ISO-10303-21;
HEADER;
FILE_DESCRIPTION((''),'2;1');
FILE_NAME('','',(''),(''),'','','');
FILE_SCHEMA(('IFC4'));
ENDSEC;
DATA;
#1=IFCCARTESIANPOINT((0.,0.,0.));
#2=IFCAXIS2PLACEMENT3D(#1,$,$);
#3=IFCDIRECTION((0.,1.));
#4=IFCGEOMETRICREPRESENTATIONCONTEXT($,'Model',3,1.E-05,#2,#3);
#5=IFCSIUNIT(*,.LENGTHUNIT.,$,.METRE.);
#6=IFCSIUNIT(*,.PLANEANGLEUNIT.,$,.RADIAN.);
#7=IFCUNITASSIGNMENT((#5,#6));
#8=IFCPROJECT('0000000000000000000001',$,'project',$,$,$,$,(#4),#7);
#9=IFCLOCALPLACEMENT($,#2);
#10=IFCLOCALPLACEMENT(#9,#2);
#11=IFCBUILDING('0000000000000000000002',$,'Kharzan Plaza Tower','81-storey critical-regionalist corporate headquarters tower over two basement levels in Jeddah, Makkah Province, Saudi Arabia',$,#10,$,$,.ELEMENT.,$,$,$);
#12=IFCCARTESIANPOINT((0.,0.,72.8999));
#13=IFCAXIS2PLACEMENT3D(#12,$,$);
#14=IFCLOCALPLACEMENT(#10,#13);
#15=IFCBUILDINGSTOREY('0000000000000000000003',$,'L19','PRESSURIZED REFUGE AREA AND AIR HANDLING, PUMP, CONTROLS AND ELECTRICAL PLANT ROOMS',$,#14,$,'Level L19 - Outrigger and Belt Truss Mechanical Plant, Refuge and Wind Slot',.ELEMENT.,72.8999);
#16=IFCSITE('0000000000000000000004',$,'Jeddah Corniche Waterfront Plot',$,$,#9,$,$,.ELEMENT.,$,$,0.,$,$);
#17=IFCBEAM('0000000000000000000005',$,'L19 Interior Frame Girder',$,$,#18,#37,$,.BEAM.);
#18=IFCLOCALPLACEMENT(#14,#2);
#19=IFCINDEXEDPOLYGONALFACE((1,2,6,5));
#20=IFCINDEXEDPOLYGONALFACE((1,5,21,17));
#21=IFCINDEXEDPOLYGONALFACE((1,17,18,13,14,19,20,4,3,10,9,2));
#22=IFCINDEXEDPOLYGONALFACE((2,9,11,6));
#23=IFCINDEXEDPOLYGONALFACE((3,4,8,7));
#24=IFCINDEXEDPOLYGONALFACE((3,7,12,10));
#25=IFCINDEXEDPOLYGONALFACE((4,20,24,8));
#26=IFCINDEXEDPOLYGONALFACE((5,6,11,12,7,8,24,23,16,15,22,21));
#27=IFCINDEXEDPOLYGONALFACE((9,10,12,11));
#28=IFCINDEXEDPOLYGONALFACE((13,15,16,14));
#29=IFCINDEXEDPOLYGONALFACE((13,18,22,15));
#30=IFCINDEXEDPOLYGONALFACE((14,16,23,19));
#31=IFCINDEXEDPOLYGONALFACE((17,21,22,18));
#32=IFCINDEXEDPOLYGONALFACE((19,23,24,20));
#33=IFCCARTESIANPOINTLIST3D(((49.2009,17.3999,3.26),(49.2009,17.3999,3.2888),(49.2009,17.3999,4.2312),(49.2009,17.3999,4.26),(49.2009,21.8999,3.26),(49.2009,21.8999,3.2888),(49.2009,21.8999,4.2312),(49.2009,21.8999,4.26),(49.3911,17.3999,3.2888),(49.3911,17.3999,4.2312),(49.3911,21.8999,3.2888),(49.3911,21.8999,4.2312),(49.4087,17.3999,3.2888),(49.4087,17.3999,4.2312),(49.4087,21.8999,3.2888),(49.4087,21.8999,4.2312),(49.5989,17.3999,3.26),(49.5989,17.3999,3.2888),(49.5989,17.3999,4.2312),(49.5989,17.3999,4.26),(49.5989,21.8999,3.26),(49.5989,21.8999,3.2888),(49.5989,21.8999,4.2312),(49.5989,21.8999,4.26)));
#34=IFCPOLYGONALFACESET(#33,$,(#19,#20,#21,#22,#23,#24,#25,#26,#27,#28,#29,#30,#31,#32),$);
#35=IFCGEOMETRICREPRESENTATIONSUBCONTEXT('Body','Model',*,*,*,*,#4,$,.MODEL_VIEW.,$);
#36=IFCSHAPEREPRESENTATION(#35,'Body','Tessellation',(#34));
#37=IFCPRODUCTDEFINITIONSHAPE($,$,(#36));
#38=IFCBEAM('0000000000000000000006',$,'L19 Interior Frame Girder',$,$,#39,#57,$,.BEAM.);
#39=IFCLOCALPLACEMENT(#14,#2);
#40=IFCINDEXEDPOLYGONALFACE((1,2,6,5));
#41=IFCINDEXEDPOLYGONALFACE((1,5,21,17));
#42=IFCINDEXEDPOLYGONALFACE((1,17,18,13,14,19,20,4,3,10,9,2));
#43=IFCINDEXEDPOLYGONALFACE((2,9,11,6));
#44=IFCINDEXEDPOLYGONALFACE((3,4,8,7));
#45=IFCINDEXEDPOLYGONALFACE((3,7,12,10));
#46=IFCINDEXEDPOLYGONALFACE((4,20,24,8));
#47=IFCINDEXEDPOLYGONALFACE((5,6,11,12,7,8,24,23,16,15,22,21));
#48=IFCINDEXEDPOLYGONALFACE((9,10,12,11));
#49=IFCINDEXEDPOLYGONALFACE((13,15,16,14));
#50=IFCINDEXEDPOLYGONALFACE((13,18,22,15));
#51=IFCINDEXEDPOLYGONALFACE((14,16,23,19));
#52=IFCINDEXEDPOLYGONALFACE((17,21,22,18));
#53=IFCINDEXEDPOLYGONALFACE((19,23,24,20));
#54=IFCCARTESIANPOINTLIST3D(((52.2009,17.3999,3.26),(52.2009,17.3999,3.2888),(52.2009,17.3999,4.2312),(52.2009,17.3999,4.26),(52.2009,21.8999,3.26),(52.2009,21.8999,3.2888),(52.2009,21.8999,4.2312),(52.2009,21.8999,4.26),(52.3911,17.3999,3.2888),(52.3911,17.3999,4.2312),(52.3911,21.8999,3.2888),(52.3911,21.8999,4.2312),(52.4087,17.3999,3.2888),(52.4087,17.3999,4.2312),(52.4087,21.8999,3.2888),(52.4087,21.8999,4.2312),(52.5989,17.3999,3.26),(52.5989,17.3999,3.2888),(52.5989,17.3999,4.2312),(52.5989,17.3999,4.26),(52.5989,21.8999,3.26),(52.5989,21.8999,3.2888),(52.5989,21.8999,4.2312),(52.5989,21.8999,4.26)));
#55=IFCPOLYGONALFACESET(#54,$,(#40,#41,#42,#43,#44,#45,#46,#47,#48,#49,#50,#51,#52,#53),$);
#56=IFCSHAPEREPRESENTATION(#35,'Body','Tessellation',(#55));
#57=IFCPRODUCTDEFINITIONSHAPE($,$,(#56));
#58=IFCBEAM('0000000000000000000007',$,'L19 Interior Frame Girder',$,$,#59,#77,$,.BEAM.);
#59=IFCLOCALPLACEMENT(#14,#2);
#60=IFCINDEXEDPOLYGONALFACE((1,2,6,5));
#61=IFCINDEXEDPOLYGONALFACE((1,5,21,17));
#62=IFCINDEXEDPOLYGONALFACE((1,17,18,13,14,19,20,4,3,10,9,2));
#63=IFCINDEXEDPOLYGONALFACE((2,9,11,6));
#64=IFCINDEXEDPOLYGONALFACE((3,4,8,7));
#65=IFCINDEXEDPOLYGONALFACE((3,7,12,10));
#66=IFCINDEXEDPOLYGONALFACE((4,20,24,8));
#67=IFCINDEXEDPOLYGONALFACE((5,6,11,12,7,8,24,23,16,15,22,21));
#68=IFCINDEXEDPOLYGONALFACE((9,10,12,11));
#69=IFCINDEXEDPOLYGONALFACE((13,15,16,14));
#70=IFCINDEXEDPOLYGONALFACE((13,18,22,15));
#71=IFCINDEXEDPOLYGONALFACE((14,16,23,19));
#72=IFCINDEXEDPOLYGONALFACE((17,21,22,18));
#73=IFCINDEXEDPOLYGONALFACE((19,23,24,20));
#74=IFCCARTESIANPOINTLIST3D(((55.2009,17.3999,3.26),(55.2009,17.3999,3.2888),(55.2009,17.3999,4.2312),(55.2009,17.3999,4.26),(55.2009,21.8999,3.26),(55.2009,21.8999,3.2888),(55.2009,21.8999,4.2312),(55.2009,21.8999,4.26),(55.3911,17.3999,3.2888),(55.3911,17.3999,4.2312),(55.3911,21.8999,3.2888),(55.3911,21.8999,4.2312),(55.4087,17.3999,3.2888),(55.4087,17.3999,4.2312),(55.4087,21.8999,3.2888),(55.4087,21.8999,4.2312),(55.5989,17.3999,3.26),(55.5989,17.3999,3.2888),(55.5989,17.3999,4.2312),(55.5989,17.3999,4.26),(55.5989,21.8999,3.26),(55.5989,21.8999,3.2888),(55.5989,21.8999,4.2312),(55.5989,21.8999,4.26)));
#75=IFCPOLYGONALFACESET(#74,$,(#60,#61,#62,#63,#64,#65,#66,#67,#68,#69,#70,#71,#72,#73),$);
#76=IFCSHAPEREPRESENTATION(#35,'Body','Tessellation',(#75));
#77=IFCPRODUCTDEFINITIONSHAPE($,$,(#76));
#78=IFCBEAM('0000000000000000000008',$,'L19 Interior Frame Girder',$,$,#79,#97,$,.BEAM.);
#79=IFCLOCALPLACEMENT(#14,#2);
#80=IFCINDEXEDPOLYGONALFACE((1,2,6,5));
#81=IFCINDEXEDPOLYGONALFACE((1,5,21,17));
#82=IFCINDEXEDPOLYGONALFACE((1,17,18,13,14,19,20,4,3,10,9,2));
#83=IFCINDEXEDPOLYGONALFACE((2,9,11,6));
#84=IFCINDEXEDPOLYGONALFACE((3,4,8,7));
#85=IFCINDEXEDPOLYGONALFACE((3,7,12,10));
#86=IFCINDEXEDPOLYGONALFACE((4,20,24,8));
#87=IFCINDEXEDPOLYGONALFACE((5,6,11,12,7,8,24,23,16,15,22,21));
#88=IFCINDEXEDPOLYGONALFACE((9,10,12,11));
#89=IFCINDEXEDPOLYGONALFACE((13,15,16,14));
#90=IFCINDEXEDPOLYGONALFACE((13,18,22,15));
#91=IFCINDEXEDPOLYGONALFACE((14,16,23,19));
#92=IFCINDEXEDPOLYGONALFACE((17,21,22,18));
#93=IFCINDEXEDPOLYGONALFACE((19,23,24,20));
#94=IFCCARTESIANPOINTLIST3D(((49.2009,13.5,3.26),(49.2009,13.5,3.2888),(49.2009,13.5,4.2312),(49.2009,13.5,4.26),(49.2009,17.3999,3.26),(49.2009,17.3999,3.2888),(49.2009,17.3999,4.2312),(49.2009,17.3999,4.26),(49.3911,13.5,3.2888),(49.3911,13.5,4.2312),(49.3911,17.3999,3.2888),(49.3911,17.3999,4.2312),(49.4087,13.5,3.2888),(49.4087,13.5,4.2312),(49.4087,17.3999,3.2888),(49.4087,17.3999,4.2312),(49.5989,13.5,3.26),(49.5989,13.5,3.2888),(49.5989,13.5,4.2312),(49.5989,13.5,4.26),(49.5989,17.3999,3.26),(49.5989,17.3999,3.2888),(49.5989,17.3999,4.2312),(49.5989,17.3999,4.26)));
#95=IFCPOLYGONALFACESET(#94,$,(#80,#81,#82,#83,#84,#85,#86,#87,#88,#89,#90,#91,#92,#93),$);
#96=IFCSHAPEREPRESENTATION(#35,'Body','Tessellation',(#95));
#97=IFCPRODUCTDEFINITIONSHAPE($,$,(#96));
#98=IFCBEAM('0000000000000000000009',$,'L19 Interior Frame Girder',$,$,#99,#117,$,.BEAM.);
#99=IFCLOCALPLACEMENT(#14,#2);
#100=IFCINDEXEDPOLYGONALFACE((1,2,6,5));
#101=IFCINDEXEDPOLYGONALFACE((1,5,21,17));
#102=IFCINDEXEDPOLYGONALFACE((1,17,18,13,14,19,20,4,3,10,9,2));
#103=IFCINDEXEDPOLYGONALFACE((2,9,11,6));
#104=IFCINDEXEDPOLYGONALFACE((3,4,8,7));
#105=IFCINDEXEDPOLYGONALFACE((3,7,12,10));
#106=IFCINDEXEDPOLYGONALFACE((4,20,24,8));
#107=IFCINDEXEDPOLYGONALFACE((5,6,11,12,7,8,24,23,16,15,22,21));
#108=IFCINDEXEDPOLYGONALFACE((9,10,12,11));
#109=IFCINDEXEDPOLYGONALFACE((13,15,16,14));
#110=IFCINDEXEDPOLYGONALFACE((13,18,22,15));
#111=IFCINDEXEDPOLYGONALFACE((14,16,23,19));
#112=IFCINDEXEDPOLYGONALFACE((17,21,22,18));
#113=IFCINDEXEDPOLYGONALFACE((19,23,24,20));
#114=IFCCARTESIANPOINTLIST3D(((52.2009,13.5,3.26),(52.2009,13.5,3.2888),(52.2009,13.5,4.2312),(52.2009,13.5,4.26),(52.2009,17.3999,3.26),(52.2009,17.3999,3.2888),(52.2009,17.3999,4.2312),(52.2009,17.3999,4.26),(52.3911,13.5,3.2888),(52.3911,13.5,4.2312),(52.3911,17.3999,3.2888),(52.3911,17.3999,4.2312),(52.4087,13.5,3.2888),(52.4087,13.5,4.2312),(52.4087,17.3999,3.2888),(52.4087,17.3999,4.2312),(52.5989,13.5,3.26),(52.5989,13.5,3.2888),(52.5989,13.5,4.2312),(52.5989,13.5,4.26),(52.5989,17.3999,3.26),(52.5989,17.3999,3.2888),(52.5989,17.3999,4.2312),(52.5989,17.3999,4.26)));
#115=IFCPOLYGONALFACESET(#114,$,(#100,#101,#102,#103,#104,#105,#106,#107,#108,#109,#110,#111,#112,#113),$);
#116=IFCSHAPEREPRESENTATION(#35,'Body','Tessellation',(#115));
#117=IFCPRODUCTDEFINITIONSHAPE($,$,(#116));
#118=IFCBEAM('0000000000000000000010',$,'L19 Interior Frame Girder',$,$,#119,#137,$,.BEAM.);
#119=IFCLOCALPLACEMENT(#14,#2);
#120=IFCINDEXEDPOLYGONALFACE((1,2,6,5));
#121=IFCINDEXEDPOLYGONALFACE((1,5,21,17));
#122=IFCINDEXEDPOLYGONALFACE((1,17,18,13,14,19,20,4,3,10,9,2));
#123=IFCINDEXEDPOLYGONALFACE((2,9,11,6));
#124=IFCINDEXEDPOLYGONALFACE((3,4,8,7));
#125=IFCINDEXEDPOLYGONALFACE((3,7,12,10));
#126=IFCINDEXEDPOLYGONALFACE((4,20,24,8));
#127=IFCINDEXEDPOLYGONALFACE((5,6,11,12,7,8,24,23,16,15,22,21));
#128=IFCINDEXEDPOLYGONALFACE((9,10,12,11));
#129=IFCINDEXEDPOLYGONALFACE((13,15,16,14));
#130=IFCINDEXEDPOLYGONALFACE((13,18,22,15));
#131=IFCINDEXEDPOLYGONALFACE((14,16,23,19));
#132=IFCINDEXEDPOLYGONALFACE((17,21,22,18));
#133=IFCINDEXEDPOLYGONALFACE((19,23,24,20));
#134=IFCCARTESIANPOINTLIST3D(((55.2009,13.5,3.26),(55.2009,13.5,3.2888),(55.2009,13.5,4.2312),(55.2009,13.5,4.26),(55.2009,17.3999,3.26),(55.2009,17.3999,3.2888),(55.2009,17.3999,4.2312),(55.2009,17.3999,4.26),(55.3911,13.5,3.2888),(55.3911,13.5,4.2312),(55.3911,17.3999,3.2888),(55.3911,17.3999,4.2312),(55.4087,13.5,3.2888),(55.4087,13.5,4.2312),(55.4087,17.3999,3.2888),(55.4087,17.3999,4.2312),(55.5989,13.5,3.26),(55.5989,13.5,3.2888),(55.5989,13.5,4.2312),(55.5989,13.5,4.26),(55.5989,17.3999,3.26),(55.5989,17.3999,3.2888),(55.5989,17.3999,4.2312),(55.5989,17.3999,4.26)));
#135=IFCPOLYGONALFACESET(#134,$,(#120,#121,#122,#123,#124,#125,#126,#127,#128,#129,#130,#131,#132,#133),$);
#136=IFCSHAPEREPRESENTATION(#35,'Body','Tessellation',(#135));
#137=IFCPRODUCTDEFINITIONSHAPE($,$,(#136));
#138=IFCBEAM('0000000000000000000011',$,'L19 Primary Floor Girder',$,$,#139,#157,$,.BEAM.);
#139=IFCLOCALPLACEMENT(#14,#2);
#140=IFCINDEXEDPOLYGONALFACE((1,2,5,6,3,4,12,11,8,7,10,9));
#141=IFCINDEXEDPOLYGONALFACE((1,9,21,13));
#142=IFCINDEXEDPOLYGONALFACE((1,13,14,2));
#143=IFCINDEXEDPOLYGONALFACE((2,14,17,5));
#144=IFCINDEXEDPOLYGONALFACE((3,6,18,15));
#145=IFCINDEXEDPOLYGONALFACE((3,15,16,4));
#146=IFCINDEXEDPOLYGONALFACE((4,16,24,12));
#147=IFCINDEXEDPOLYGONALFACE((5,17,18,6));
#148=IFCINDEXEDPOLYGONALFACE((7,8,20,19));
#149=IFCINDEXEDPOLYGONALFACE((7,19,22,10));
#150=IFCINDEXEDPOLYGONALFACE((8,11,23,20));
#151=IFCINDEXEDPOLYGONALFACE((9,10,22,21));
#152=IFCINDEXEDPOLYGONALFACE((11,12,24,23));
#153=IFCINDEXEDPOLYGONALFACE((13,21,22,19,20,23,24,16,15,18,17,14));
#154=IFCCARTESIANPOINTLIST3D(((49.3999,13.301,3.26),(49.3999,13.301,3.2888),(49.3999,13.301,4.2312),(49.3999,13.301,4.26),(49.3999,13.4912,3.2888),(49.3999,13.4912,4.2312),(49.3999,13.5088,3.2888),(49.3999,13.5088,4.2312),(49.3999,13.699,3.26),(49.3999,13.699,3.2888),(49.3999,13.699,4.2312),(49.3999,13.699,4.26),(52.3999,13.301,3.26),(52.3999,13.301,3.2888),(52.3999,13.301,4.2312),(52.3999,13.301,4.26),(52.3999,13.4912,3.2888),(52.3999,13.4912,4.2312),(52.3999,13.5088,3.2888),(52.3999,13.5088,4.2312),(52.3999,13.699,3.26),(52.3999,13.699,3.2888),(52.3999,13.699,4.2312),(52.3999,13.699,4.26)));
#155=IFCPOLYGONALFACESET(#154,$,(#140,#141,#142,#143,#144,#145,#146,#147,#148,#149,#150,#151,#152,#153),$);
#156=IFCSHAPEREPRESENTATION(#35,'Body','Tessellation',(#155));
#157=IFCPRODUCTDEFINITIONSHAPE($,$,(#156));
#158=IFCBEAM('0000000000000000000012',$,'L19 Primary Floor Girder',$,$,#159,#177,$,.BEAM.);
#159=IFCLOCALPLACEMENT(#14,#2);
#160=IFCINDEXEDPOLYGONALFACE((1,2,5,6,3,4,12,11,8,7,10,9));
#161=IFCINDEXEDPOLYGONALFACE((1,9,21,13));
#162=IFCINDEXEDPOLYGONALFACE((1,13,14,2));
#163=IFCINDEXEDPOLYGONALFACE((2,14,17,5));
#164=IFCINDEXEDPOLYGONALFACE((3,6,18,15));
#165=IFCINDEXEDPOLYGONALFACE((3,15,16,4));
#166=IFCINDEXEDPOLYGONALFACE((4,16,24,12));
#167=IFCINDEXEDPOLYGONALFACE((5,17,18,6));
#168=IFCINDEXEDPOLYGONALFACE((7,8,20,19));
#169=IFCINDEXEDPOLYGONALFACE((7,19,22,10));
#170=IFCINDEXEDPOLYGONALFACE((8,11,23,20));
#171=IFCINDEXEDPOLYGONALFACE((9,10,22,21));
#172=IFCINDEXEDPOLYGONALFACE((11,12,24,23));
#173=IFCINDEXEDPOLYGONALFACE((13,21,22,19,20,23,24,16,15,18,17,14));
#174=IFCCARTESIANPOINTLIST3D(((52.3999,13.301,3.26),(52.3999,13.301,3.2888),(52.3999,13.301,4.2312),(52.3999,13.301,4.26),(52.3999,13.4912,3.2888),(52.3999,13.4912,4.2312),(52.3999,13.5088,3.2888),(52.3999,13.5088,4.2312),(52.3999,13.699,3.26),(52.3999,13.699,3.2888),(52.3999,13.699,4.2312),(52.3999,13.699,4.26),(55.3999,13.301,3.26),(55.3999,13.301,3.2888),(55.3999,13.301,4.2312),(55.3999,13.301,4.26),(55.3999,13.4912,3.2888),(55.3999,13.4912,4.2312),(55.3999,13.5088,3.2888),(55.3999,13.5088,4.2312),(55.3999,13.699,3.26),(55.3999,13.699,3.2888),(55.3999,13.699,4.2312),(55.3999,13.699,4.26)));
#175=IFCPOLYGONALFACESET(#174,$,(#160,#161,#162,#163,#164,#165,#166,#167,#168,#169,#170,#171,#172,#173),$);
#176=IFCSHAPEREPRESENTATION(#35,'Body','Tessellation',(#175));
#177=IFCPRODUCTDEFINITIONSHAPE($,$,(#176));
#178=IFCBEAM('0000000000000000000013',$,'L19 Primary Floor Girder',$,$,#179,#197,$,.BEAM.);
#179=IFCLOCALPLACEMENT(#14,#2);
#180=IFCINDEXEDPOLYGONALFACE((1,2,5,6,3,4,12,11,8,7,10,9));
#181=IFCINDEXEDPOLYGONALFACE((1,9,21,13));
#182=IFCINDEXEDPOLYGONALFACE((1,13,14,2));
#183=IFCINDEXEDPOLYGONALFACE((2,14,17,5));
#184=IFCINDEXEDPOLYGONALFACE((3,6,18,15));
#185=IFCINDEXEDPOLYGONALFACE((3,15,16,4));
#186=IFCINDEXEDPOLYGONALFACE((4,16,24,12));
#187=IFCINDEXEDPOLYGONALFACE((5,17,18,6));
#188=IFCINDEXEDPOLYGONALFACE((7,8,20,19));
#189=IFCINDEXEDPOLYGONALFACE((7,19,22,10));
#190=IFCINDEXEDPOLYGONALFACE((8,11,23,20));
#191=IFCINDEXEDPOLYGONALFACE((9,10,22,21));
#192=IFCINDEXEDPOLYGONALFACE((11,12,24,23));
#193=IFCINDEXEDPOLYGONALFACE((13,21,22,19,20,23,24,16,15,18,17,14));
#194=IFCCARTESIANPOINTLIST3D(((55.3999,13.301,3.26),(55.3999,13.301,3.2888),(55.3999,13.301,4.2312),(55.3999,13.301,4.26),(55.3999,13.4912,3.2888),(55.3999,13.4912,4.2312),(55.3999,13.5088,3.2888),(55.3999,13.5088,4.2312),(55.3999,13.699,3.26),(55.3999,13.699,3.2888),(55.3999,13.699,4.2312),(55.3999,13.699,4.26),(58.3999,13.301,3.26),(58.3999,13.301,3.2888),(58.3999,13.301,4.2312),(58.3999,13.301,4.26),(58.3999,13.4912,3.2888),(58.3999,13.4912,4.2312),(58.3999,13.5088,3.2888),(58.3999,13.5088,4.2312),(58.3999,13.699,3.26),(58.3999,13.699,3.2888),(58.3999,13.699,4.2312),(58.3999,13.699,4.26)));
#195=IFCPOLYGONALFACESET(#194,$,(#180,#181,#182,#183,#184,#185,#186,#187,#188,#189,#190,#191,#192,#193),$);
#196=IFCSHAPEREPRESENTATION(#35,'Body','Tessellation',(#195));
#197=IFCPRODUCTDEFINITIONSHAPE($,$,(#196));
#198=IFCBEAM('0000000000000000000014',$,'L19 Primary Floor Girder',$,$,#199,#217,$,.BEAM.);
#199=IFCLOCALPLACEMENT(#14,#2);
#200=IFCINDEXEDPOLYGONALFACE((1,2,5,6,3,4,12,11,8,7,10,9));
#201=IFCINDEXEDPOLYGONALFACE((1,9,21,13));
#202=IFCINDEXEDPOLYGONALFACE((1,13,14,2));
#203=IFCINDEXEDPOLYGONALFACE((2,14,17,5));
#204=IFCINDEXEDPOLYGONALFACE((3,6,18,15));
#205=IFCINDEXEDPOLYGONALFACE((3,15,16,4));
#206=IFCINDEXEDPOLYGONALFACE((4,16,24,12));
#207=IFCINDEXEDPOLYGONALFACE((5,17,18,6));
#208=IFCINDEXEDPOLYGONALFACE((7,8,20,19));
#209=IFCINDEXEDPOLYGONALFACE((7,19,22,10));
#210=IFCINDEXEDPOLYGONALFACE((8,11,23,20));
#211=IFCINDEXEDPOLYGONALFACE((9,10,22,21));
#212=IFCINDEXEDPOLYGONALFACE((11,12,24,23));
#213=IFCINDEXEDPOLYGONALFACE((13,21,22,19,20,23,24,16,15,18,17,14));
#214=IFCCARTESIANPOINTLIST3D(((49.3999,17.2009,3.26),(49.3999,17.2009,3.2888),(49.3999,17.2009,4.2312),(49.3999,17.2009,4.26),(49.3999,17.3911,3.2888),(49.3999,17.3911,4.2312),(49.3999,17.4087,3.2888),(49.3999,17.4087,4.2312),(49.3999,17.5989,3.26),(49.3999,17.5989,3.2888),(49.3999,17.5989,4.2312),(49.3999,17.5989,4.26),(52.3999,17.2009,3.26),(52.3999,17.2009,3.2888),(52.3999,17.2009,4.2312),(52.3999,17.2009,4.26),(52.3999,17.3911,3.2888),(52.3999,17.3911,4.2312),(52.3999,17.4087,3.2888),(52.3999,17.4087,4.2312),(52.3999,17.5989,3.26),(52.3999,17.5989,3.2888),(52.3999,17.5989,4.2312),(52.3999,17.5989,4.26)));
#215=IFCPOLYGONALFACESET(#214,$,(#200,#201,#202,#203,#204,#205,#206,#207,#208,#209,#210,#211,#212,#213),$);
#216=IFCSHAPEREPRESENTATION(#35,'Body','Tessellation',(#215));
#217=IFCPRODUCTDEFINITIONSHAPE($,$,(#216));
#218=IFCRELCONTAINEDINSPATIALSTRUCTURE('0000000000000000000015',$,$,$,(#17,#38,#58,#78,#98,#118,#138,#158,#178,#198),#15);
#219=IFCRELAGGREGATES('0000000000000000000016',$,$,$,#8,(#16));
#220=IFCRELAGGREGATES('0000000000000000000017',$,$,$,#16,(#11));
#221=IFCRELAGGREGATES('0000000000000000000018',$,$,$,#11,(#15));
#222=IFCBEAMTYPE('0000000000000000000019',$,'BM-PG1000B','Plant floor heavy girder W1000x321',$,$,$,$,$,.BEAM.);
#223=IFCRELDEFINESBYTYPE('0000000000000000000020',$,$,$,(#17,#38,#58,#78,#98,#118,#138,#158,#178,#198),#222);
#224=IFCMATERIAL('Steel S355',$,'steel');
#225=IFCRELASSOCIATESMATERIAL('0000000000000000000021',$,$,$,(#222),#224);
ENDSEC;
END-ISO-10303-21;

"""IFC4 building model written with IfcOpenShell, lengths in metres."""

from ifc_helpers import new_model, si_unit, direction, frame, origin, origin_2d, place, context, subcontext, project, spatial, i_section, extrude, source, transform, mapped, material, material_profile, profile_set, type_object, element, save


model = new_model("IFC4")

# Units and contexts
model_context = context("Model", 3, precision=1e-05, world=origin(), true_north=direction((0.0, 1.0)))
body_context = subcontext(model_context, "Body", "Model", "MODEL_VIEW")
ifc_project = project(units=[si_unit("LENGTHUNIT", "METRE"), si_unit("PLANEANGLEUNIT", "RADIAN")], contexts=[model_context])

# Site, building, storey
site_placement = place(None, origin())
site = spatial("IfcSite", under=ifc_project, at=site_placement, Name="Jeddah Corniche Waterfront Plot", CompositionType="ELEMENT", RefElevation=0.0)
building_placement = place(site_placement, origin())
building = spatial("IfcBuilding", under=site, at=building_placement, Name="Kharzan Plaza Tower", Description="81-storey critical-regionalist corporate headquarters tower over two basement levels in Jeddah, Makkah Province, Saudi Arabia", CompositionType="ELEMENT")
storey_placement = place(building_placement, frame((0.0, 0.0, 72.8999)))
storey = spatial("IfcBuildingStorey", under=building, at=storey_placement, Name="L19", Description="PRESSURIZED REFUGE AREA AND AIR HANDLING, PUMP, CONTROLS AND ELECTRICAL PLANT ROOMS", LongName="Level L19 - Outrigger and Belt Truss Mechanical Plant, Refuge and Wind Slot", CompositionType="ELEMENT", Elevation=72.8999)

# Beams
ifc_material_1 = material(Name="Steel S355", Category="steel")
ifc_material_profile_1 = material_profile(ifc_material_1, i_section(OverallWidth=0.3979, OverallDepth=1.0, WebThickness=0.0176, FlangeThickness=0.0288, at=origin_2d()), Name="W1000x321")
ifc_profile_set_1 = profile_set([ifc_material_profile_1], Name="Steel S355")
beam_type_1 = type_object("IfcBeamType", Name="BM-PG1000B", Description="Plant floor heavy girder W1000x321", PredefinedType="BEAM", material=ifc_profile_set_1)
shared_shape_1 = source(origin(), body_context, "Body", "SweptSolid", [
    extrude(i_section(OverallWidth=0.3979, OverallDepth=1.0, WebThickness=0.0176, FlangeThickness=0.0288, at=origin_2d()), origin(), (0.0, 0.0, 1.0), 4.5),
])
for number, where, z_axis, x_axis, name in (
    (1, (49.3999, 17.3999, 3.76), (0.0, 1.0, 0.0), (-1.0, 0.0, 0.0), "L19 Interior Frame Girder"),
    (2, (52.3999, 17.3999, 3.76), (0.0, 1.0, 0.0), (-1.0, 0.0, 0.0), "L19 Interior Frame Girder"),
    (3, (55.3999, 17.3999, 3.76), (0.0, 1.0, 0.0), (-1.0, 0.0, 0.0), "L19 Interior Frame Girder"),
):
    element("IfcBeam", number, at=place(storey_placement, frame(where, z_axis=z_axis, x_axis=x_axis)), inside=storey, type_object=beam_type_1, Name=name, PredefinedType="BEAM", context=body_context, shape_type="MappedRepresentation", body=[
        mapped(shared_shape_1, transform((0.0, 0.0, 0.0), x_axis=(1.0, 0.0, 0.0), y_axis=(0.0, 1.0, 0.0), z_axis=(0.0, 0.0, 1.0))),
    ])
shared_shape_2 = source(origin(), body_context, "Body", "SweptSolid", [
    extrude(i_section(OverallWidth=0.3979, OverallDepth=1.0, WebThickness=0.0176, FlangeThickness=0.0288, at=origin_2d()), origin(), (0.0, 0.0, 1.0), 3.8999),
])
for number, where, z_axis, x_axis, name in (
    (4, (49.3999, 13.5, 3.76), (0.0, 1.0, 0.0), (-1.0, 0.0, 0.0), "L19 Interior Frame Girder"),
    (5, (52.3999, 13.5, 3.76), (0.0, 1.0, 0.0), (-1.0, 0.0, 0.0), "L19 Interior Frame Girder"),
    (6, (55.3999, 13.5, 3.76), (0.0, 1.0, 0.0), (-1.0, 0.0, 0.0), "L19 Interior Frame Girder"),
):
    element("IfcBeam", number, at=place(storey_placement, frame(where, z_axis=z_axis, x_axis=x_axis)), inside=storey, type_object=beam_type_1, Name=name, PredefinedType="BEAM", context=body_context, shape_type="MappedRepresentation", body=[
        mapped(shared_shape_2, transform((0.0, 0.0, 0.0), x_axis=(1.0, 0.0, 0.0), y_axis=(0.0, 1.0, 0.0), z_axis=(0.0, 0.0, 1.0))),
    ])
shared_shape_3 = source(origin(), body_context, "Body", "SweptSolid", [
    extrude(i_section(OverallWidth=0.3979, OverallDepth=1.0, WebThickness=0.0176, FlangeThickness=0.0288, at=origin_2d()), origin(), (0.0, 0.0, 1.0), 3.0),
])
for number, where, z_axis, x_axis, name in (
    (7, (49.3999, 13.5, 3.76), (1.0, 0.0, 0.0), (0.0, 1.0, 0.0), "L19 Primary Floor Girder"),
    (8, (52.3999, 13.5, 3.76), (1.0, 0.0, 0.0), (0.0, 1.0, 0.0), "L19 Primary Floor Girder"),
    (9, (55.3999, 13.5, 3.76), (1.0, 0.0, 0.0), (0.0, 1.0, 0.0), "L19 Primary Floor Girder"),
    (10, (49.3999, 17.3999, 3.76), (1.0, 0.0, 0.0), (0.0, 1.0, 0.0), "L19 Primary Floor Girder"),
):
    element("IfcBeam", number, at=place(storey_placement, frame(where, z_axis=z_axis, x_axis=x_axis)), inside=storey, type_object=beam_type_1, Name=name, PredefinedType="BEAM", context=body_context, shape_type="MappedRepresentation", body=[
        mapped(shared_shape_3, transform((0.0, 0.0, 0.0), x_axis=(1.0, 0.0, 0.0), y_axis=(0.0, 1.0, 0.0), z_axis=(0.0, 0.0, 1.0))),
    ])

save(model, "model.ifc")
